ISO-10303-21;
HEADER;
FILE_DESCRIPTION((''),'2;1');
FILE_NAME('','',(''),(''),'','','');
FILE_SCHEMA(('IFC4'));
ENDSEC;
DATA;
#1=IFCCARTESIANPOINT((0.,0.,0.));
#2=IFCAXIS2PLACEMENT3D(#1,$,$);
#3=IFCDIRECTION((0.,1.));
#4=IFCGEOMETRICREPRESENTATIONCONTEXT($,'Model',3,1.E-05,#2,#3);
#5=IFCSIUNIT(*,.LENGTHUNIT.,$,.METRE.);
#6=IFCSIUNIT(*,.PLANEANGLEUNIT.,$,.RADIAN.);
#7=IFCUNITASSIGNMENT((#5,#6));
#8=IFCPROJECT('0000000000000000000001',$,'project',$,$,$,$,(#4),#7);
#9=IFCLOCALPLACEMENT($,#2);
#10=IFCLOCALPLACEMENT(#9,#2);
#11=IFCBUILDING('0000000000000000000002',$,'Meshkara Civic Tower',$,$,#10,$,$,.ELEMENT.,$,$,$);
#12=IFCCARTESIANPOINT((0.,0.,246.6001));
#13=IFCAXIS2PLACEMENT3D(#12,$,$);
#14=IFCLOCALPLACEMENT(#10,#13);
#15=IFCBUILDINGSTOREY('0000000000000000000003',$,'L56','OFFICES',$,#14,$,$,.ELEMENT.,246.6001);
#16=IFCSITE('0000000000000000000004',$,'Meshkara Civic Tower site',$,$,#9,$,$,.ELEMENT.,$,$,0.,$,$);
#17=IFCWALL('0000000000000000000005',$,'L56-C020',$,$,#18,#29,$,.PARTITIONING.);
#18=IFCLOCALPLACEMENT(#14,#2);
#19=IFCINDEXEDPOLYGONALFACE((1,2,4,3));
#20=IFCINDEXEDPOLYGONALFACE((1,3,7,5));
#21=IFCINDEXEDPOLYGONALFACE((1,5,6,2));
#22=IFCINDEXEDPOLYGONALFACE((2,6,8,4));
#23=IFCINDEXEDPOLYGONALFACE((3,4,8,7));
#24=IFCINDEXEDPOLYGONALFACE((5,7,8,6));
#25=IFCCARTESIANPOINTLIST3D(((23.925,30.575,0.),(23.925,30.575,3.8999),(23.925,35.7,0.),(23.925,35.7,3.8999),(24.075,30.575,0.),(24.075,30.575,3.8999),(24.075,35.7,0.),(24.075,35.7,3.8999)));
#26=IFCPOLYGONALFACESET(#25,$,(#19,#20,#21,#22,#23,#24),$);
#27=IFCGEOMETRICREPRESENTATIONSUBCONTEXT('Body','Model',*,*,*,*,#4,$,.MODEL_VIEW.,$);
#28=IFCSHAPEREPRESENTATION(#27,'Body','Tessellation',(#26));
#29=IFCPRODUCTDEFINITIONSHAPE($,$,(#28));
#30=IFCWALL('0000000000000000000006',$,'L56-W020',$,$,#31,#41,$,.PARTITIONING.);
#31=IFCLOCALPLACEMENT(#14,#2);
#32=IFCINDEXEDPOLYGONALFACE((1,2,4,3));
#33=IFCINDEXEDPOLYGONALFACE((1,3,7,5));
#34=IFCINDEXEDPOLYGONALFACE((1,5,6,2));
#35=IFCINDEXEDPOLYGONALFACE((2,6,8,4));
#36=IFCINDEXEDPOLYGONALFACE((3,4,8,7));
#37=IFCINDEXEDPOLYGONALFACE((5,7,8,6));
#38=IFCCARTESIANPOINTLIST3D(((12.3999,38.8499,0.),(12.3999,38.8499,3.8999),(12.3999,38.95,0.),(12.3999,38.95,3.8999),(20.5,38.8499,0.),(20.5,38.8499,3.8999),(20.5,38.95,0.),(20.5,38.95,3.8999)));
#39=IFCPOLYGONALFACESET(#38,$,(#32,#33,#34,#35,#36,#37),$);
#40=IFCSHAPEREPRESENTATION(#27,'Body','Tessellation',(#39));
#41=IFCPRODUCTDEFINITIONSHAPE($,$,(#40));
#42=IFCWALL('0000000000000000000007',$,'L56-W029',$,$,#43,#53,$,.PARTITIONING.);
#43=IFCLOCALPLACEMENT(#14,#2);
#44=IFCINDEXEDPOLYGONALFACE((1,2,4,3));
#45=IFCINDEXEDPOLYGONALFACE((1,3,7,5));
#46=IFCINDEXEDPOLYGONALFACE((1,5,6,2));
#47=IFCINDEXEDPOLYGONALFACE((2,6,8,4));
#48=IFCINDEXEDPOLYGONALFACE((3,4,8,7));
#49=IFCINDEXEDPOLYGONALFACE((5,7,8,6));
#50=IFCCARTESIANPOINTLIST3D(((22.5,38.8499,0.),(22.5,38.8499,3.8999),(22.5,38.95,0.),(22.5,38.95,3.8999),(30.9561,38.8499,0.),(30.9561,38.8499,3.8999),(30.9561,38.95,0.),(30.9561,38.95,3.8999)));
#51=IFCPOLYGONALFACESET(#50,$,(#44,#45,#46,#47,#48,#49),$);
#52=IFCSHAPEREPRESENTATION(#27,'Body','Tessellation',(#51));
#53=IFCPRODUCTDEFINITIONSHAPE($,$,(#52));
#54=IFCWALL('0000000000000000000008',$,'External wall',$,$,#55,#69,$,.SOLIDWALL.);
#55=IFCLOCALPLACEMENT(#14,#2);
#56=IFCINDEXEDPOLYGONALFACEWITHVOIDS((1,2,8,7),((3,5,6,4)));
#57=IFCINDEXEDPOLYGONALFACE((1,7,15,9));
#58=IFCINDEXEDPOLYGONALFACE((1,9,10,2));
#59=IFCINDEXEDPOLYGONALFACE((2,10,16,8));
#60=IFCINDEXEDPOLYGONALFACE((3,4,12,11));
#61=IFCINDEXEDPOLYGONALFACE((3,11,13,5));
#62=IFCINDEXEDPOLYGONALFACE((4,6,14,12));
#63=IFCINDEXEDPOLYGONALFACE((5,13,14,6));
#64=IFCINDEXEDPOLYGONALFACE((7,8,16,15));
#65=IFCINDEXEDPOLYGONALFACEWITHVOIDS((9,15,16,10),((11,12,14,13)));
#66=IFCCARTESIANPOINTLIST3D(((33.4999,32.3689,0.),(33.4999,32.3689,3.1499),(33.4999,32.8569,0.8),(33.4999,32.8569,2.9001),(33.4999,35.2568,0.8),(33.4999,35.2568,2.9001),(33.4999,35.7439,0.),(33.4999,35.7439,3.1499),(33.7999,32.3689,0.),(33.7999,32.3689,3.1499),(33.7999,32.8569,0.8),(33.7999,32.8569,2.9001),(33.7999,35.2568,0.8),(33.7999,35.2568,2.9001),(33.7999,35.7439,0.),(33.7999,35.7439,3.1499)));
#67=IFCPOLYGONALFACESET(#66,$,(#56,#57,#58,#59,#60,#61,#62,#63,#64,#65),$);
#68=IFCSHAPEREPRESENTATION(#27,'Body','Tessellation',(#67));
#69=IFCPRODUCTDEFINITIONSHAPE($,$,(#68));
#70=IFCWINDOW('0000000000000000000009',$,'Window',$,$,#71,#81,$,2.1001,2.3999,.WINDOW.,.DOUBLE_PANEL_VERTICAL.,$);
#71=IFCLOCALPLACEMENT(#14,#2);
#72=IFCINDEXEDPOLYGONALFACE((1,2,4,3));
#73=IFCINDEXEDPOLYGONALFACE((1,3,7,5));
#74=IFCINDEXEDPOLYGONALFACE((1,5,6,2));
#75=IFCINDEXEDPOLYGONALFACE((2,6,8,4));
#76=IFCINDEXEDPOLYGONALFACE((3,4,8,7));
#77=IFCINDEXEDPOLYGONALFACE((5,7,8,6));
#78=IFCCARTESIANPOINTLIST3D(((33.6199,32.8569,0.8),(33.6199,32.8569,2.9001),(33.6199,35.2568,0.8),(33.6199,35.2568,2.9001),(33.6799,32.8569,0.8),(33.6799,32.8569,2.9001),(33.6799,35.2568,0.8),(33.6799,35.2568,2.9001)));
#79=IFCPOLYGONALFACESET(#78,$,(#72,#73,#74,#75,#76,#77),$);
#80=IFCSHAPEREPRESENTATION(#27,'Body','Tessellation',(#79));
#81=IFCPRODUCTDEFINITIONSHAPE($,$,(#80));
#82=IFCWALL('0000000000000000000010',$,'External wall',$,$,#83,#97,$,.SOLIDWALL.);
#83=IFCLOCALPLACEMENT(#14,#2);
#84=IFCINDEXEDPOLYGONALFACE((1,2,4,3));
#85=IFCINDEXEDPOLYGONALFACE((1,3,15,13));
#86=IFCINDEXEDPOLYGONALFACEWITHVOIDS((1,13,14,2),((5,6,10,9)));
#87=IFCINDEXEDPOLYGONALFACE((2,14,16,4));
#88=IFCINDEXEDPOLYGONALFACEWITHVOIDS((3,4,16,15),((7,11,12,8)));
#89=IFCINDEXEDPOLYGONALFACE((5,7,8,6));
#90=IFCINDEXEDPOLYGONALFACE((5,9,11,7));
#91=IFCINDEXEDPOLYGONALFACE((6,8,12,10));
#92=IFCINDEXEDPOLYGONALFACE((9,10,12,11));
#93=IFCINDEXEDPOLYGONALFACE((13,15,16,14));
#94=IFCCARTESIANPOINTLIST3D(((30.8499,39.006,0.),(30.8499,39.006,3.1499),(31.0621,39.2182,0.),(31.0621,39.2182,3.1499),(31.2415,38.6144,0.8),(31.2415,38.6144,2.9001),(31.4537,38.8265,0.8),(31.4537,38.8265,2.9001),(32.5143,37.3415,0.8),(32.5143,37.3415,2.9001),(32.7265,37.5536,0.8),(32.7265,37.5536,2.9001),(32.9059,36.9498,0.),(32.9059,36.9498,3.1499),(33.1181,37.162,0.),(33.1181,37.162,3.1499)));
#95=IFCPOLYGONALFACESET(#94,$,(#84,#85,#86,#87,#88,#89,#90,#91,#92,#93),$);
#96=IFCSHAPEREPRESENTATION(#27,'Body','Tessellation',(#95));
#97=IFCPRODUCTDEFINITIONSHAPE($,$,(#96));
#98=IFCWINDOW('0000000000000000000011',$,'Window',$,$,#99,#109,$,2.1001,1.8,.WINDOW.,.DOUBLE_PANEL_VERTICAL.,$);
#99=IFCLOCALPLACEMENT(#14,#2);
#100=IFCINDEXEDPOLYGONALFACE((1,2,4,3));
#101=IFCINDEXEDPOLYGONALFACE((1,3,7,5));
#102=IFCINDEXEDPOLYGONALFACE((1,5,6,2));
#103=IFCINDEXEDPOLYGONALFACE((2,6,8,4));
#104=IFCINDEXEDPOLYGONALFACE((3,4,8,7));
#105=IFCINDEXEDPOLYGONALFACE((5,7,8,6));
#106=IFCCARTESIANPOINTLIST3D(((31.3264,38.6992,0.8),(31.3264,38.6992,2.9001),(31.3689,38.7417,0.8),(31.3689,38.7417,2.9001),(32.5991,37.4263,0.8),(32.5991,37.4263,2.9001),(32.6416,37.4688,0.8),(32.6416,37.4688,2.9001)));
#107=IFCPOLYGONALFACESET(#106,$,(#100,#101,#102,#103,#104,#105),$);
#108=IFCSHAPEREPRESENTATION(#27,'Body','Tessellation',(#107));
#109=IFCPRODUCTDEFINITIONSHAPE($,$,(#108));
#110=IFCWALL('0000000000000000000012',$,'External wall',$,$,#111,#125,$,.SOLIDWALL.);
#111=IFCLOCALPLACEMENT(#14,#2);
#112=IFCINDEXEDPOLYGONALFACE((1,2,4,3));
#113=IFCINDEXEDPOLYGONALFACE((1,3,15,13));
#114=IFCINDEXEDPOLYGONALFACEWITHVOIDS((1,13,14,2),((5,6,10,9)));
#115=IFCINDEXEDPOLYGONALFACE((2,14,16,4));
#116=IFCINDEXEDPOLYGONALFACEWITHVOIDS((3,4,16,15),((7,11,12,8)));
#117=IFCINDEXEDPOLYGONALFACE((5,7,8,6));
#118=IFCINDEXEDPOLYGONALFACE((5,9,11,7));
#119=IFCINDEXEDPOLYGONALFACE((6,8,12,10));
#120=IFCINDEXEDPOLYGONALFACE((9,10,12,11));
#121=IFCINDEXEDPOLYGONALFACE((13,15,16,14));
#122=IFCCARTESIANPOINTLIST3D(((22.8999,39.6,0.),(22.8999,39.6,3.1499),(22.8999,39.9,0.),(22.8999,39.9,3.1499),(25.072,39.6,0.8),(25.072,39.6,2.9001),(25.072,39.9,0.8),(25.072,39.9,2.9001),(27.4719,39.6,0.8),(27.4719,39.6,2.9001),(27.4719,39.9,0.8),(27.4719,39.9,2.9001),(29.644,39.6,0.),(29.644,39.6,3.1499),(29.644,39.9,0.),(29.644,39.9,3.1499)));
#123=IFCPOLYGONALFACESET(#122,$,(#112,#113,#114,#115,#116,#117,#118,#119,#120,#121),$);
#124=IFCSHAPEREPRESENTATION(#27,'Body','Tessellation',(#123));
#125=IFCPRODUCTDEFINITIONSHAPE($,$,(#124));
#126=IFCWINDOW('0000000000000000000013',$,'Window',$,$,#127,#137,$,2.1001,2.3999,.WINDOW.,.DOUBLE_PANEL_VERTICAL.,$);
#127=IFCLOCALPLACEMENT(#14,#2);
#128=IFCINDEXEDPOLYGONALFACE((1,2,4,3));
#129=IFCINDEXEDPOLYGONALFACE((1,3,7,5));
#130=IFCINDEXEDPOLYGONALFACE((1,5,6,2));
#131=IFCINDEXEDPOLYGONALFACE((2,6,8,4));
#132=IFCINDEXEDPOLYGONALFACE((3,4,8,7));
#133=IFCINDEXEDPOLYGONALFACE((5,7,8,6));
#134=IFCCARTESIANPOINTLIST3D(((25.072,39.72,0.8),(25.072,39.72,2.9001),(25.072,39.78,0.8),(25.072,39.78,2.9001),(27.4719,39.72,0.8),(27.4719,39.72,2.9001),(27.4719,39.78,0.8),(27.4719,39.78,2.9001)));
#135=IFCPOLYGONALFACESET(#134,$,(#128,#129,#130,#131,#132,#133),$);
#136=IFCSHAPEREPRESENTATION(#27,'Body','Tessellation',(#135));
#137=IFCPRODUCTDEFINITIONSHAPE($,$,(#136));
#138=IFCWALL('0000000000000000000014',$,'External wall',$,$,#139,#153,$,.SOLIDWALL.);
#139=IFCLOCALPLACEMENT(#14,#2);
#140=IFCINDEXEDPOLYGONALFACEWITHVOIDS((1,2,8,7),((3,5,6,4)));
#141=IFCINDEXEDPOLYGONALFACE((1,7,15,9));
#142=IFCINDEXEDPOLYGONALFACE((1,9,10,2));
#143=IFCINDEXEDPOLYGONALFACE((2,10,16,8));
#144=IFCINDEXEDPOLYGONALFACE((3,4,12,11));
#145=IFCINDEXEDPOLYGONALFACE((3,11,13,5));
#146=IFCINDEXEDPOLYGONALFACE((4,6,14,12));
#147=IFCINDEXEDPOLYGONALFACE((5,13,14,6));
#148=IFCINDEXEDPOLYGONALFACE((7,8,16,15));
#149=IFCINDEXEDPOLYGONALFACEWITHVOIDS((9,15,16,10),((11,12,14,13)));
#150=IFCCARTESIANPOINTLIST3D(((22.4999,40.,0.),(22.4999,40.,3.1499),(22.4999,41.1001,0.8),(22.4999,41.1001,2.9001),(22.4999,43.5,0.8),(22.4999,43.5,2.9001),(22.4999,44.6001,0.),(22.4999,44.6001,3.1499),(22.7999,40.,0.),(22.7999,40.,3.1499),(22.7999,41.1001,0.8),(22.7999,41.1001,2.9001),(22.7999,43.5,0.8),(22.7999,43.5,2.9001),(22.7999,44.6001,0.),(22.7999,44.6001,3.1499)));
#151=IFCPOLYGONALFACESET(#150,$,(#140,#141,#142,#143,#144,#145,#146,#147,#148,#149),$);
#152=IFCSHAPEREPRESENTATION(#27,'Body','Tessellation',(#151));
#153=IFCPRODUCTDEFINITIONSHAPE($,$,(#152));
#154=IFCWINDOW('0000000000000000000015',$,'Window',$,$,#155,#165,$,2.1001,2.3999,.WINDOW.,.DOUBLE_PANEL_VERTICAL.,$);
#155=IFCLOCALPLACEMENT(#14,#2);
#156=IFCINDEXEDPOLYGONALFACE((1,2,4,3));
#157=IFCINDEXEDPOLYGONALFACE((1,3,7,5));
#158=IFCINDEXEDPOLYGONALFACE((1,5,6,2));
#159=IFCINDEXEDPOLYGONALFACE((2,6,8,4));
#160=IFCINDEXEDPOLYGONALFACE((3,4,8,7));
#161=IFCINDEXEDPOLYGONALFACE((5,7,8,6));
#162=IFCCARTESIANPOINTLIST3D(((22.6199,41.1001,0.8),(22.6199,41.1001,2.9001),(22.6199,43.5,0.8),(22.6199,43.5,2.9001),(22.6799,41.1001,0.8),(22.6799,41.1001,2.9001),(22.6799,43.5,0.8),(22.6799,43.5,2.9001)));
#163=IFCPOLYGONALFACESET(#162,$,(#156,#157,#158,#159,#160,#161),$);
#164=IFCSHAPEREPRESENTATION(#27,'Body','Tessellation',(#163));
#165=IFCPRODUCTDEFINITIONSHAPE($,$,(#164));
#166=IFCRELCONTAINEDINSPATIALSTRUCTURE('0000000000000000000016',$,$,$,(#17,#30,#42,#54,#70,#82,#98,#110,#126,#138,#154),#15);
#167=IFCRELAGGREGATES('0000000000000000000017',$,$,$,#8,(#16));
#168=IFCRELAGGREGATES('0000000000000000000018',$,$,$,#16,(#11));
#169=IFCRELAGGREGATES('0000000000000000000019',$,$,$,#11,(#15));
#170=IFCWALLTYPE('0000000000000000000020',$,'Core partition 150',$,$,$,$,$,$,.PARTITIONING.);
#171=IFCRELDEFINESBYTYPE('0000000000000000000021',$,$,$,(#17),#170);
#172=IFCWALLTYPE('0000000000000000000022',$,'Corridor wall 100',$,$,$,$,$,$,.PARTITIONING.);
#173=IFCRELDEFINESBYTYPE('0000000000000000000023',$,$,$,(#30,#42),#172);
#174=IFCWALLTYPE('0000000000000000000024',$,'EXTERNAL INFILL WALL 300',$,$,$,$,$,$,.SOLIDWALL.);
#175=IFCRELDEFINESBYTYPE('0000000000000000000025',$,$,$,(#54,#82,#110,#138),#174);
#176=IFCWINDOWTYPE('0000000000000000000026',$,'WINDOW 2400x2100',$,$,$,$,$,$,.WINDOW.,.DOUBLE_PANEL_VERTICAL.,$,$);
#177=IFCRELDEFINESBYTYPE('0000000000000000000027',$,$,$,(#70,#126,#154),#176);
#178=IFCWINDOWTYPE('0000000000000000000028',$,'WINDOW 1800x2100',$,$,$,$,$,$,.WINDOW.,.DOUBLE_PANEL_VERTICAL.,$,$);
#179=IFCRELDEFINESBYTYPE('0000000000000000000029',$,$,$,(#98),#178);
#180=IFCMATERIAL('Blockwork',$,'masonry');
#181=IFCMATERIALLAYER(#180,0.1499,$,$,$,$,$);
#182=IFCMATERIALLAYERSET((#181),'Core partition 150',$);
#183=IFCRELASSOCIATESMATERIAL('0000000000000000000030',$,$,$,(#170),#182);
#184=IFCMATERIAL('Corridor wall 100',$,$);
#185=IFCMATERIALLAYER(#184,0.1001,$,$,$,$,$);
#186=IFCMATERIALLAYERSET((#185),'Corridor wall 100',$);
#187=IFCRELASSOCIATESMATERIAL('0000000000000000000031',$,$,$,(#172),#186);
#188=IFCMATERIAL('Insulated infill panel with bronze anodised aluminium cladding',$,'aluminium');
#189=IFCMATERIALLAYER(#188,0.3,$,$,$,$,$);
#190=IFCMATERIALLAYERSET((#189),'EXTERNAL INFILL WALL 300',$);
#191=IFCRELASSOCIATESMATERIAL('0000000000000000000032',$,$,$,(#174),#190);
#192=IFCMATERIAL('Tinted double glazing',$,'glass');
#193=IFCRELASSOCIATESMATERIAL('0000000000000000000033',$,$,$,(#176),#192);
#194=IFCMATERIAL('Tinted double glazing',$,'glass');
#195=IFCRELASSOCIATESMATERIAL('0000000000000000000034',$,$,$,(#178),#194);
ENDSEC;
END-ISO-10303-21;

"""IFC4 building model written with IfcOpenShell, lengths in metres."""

from ifc_helpers import new_model, si_unit, direction, frame, frame_2d, origin, place, context, subcontext, project, spatial, rectangle, extrude, material, layer, layer_set, type_object, element, fill, save


model = new_model("IFC4")

# Units and contexts
model_context = context("Model", 3, precision=1e-05, world=origin(), true_north=direction((0.0, 1.0)))
body_context = subcontext(model_context, "Body", "Model", "MODEL_VIEW")
ifc_project = project(units=[si_unit("LENGTHUNIT", "METRE"), si_unit("PLANEANGLEUNIT", "RADIAN")], contexts=[model_context])

# Site, building, storey
site_placement = place(None, origin())
site = spatial("IfcSite", under=ifc_project, at=site_placement, Name="Meshkara Civic Tower site", CompositionType="ELEMENT", RefElevation=0.0)
building_placement = place(site_placement, origin())
building = spatial("IfcBuilding", under=site, at=building_placement, Name="Meshkara Civic Tower", CompositionType="ELEMENT")
storey_placement = place(building_placement, frame((0.0, 0.0, 246.6001)))
storey = spatial("IfcBuildingStorey", under=building, at=storey_placement, Name="L56", Description="OFFICES", CompositionType="ELEMENT", Elevation=246.6001)

# Shared definitions
ifc_material_1 = material(Name="Blockwork", Category="masonry")
ifc_layer_1 = layer(ifc_material_1, 0.1499)
ifc_layer_set_1 = layer_set([ifc_layer_1], Name="Core partition 150")
wall_type_1 = type_object("IfcWallType", Name="Core partition 150", PredefinedType="PARTITIONING", material=ifc_layer_set_1)

# Walls
for number, where, z_axis, x_axis, name in (
    (1, (24.0, 30.575, 0.0), (0.0, 0.0, 1.0), (0.0, 1.0, 0.0), "L56-C020"),
):
    element("IfcWall", number, at=place(storey_placement, frame(where, z_axis=z_axis, x_axis=x_axis)), inside=storey, type_object=wall_type_1, Name=name, PredefinedType="PARTITIONING", context=body_context, shape_type="SweptSolid", body=[
        extrude(rectangle(XDim=5.125, YDim=0.1499, at=frame_2d((2.5625, 0.0))), origin(), (0.0, 0.0, 1.0), 3.8999),
    ])
ifc_material_2 = material(Name="Corridor wall 100")
ifc_layer_2 = layer(ifc_material_2, 0.1001)
ifc_layer_set_2 = layer_set([ifc_layer_2], Name="Corridor wall 100")
wall_type_2 = type_object("IfcWallType", Name="Corridor wall 100", PredefinedType="PARTITIONING", material=ifc_layer_set_2)
wall_1_placement = place(storey_placement, frame((20.5, 38.8999, 0.0), z_axis=(0.0, 0.0, 1.0), x_axis=(-1.0, 0.0, 0.0)))
element("IfcWall", 2, at=wall_1_placement, inside=storey, type_object=wall_type_2, Name="L56-W020", PredefinedType="PARTITIONING", context=body_context, shape_type="SweptSolid", body=[
    extrude(rectangle(XDim=8.1001, YDim=0.1001, at=frame_2d((4.05, 0.0))), origin(), (0.0, 0.0, 1.0), 3.8999),
])
wall_2_placement = place(storey_placement, frame((30.9561, 38.8999, 0.0), z_axis=(0.0, 0.0, 1.0), x_axis=(-1.0, 0.0, 0.0)))
element("IfcWall", 3, at=wall_2_placement, inside=storey, type_object=wall_type_2, Name="L56-W029", PredefinedType="PARTITIONING", context=body_context, shape_type="SweptSolid", body=[
    extrude(rectangle(XDim=8.4561, YDim=0.1001, at=frame_2d((4.228, 0.0))), origin(), (0.0, 0.0, 1.0), 3.8999),
])

# Walls, openings, windows
ifc_material_3 = material(Name="Insulated infill panel with bronze anodised aluminium cladding", Category="aluminium")
ifc_layer_3 = layer(ifc_material_3, 0.3)
ifc_layer_set_3 = layer_set([ifc_layer_3], Name="EXTERNAL INFILL WALL 300")
wall_type_3 = type_object("IfcWallType", Name="EXTERNAL INFILL WALL 300", PredefinedType="SOLIDWALL", material=ifc_layer_set_3)
wall_3_placement = place(storey_placement, frame((33.6499, 32.3689, 0.0), z_axis=(0.0, 0.0, 1.0), x_axis=(0.0, 1.0, 0.0)))
wall_3 = element("IfcWall", 4, at=wall_3_placement, inside=storey, type_object=wall_type_3, Name="External wall", PredefinedType="SOLIDWALL", context=body_context, shape_type="SweptSolid", body=[
    extrude(rectangle(XDim=3.375, YDim=0.3, at=frame_2d((1.6875, 0.0))), origin(), (0.0, 0.0, 1.0), 3.1499),
])
opening_1_placement = place(wall_3_placement, frame((0.488, 0.0, 0.8)))
opening_1 = element("IfcOpeningElement", 5, at=opening_1_placement, cuts=wall_3, PredefinedType="OPENING", context=body_context, shape_type="SweptSolid", body=[
    extrude(rectangle(XDim=2.3999, YDim=2.1001, at=frame_2d((1.2, 1.05))), frame((0.0, 0.1599, 0.0), z_axis=(0.0, -1.0, 0.0), x_axis=(1.0, 0.0, 0.0)), (0.0, 0.0, 1.0), 0.3201),
])
ifc_material_4 = material(Name="Tinted double glazing", Category="glass")
window_type_1 = type_object("IfcWindowType", Name="WINDOW 2400x2100", PartitioningType="DOUBLE_PANEL_VERTICAL", PredefinedType="WINDOW", material=ifc_material_4)
window_1_placement = place(opening_1_placement, origin())
window_1 = element("IfcWindow", 6, at=window_1_placement, inside=storey, type_object=window_type_1, Name="Window", OverallHeight=2.1001, OverallWidth=2.3999, PartitioningType="DOUBLE_PANEL_VERTICAL", PredefinedType="WINDOW", context=body_context, shape_type="SweptSolid", body=[
    extrude(rectangle(XDim=2.3999, YDim=2.1001, at=frame_2d((1.2, 1.05))), frame((0.0, 0.03, 0.0), z_axis=(0.0, -1.0, 0.0), x_axis=(1.0, 0.0, 0.0)), (0.0, 0.0, 1.0), 0.0601),
])
fill(opening_1, window_1)
wall_4_placement = place(storey_placement, frame((33.012, 37.0559, 0.0), z_axis=(0.0, 0.0, 1.0), x_axis=(-0.707065, 0.707149, 0.0)))
wall_4 = element("IfcWall", 7, at=wall_4_placement, inside=storey, type_object=wall_type_3, Name="External wall", PredefinedType="SOLIDWALL", context=body_context, shape_type="SweptSolid", body=[
    extrude(rectangle(XDim=2.9077, YDim=0.3, at=frame_2d((1.4539, 0.0))), origin(), (0.0, 0.0, 1.0), 3.1499),
])
opening_2_placement = place(wall_4_placement, frame((0.554, 0.0, 0.8)))
opening_2 = element("IfcOpeningElement", 8, at=opening_2_placement, cuts=wall_4, PredefinedType="OPENING", context=body_context, shape_type="SweptSolid", body=[
    extrude(rectangle(XDim=1.8, YDim=2.1001, at=frame_2d((0.8999, 1.05))), frame((0.0, 0.1599, 0.0), z_axis=(0.0, -1.0, 0.0), x_axis=(1.0, 0.0, 0.0)), (0.0, 0.0, 1.0), 0.3201),
])
ifc_material_5 = material(Name="Tinted double glazing", Category="glass")
window_type_2 = type_object("IfcWindowType", Name="WINDOW 1800x2100", PartitioningType="DOUBLE_PANEL_VERTICAL", PredefinedType="WINDOW", material=ifc_material_5)
window_2_placement = place(opening_2_placement, origin())
window_2 = element("IfcWindow", 9, at=window_2_placement, inside=storey, type_object=window_type_2, Name="Window", OverallHeight=2.1001, OverallWidth=1.8, PartitioningType="DOUBLE_PANEL_VERTICAL", PredefinedType="WINDOW", context=body_context, shape_type="SweptSolid", body=[
    extrude(rectangle(XDim=1.8, YDim=2.1001, at=frame_2d((0.8999, 1.05))), frame((0.0, 0.03, 0.0), z_axis=(0.0, -1.0, 0.0), x_axis=(1.0, 0.0, 0.0)), (0.0, 0.0, 1.0), 0.0601),
])
fill(opening_2, window_2)
wall_5_placement = place(storey_placement, frame((29.644, 39.75, 0.0), z_axis=(0.0, 0.0, 1.0), x_axis=(-1.0, 0.0, 0.0)))
wall_5 = element("IfcWall", 10, at=wall_5_placement, inside=storey, type_object=wall_type_3, Name="External wall", PredefinedType="SOLIDWALL", context=body_context, shape_type="SweptSolid", body=[
    extrude(rectangle(XDim=6.7441, YDim=0.3, at=frame_2d((3.3721, 0.0))), origin(), (0.0, 0.0, 1.0), 3.1499),
])
opening_3_placement = place(wall_5_placement, frame((2.1721, 0.0, 0.8)))
opening_3 = element("IfcOpeningElement", 11, at=opening_3_placement, cuts=wall_5, PredefinedType="OPENING", context=body_context, shape_type="SweptSolid", body=[
    extrude(rectangle(XDim=2.3999, YDim=2.1001, at=frame_2d((1.2, 1.05))), frame((0.0, 0.1599, 0.0), z_axis=(0.0, -1.0, 0.0), x_axis=(1.0, 0.0, 0.0)), (0.0, 0.0, 1.0), 0.3201),
])
window_3_placement = place(opening_3_placement, origin())
window_3 = element("IfcWindow", 12, at=window_3_placement, inside=storey, type_object=window_type_1, Name="Window", OverallHeight=2.1001, OverallWidth=2.3999, PartitioningType="DOUBLE_PANEL_VERTICAL", PredefinedType="WINDOW", context=body_context, shape_type="SweptSolid", body=[
    extrude(rectangle(XDim=2.3999, YDim=2.1001, at=frame_2d((1.2, 1.05))), frame((0.0, 0.03, 0.0), z_axis=(0.0, -1.0, 0.0), x_axis=(1.0, 0.0, 0.0)), (0.0, 0.0, 1.0), 0.0601),
])
fill(opening_3, window_3)
wall_6_placement = place(storey_placement, frame((22.6499, 40.0, 0.0), z_axis=(0.0, 0.0, 1.0), x_axis=(0.0, 1.0, 0.0)))
wall_6 = element("IfcWall", 13, at=wall_6_placement, inside=storey, type_object=wall_type_3, Name="External wall", PredefinedType="SOLIDWALL", context=body_context, shape_type="SweptSolid", body=[
    extrude(rectangle(XDim=4.6001, YDim=0.3, at=frame_2d((2.3, 0.0))), origin(), (0.0, 0.0, 1.0), 3.1499),
])
opening_4_placement = place(wall_6_placement, frame((1.1001, 0.0, 0.8)))
opening_4 = element("IfcOpeningElement", 14, at=opening_4_placement, cuts=wall_6, PredefinedType="OPENING", context=body_context, shape_type="SweptSolid", body=[
    extrude(rectangle(XDim=2.3999, YDim=2.1001, at=frame_2d((1.2, 1.05))), frame((0.0, 0.1599, 0.0), z_axis=(0.0, -1.0, 0.0), x_axis=(1.0, 0.0, 0.0)), (0.0, 0.0, 1.0), 0.3201),
])
window_4_placement = place(opening_4_placement, origin())
window_4 = element("IfcWindow", 15, at=window_4_placement, inside=storey, type_object=window_type_1, Name="Window", OverallHeight=2.1001, OverallWidth=2.3999, PartitioningType="DOUBLE_PANEL_VERTICAL", PredefinedType="WINDOW", context=body_context, shape_type="SweptSolid", body=[
    extrude(rectangle(XDim=2.3999, YDim=2.1001, at=frame_2d((1.2, 1.05))), frame((0.0, 0.03, 0.0), z_axis=(0.0, -1.0, 0.0), x_axis=(1.0, 0.0, 0.0)), (0.0, 0.0, 1.0), 0.0601),
])
fill(opening_4, window_4)

save(model, "model.ifc")
